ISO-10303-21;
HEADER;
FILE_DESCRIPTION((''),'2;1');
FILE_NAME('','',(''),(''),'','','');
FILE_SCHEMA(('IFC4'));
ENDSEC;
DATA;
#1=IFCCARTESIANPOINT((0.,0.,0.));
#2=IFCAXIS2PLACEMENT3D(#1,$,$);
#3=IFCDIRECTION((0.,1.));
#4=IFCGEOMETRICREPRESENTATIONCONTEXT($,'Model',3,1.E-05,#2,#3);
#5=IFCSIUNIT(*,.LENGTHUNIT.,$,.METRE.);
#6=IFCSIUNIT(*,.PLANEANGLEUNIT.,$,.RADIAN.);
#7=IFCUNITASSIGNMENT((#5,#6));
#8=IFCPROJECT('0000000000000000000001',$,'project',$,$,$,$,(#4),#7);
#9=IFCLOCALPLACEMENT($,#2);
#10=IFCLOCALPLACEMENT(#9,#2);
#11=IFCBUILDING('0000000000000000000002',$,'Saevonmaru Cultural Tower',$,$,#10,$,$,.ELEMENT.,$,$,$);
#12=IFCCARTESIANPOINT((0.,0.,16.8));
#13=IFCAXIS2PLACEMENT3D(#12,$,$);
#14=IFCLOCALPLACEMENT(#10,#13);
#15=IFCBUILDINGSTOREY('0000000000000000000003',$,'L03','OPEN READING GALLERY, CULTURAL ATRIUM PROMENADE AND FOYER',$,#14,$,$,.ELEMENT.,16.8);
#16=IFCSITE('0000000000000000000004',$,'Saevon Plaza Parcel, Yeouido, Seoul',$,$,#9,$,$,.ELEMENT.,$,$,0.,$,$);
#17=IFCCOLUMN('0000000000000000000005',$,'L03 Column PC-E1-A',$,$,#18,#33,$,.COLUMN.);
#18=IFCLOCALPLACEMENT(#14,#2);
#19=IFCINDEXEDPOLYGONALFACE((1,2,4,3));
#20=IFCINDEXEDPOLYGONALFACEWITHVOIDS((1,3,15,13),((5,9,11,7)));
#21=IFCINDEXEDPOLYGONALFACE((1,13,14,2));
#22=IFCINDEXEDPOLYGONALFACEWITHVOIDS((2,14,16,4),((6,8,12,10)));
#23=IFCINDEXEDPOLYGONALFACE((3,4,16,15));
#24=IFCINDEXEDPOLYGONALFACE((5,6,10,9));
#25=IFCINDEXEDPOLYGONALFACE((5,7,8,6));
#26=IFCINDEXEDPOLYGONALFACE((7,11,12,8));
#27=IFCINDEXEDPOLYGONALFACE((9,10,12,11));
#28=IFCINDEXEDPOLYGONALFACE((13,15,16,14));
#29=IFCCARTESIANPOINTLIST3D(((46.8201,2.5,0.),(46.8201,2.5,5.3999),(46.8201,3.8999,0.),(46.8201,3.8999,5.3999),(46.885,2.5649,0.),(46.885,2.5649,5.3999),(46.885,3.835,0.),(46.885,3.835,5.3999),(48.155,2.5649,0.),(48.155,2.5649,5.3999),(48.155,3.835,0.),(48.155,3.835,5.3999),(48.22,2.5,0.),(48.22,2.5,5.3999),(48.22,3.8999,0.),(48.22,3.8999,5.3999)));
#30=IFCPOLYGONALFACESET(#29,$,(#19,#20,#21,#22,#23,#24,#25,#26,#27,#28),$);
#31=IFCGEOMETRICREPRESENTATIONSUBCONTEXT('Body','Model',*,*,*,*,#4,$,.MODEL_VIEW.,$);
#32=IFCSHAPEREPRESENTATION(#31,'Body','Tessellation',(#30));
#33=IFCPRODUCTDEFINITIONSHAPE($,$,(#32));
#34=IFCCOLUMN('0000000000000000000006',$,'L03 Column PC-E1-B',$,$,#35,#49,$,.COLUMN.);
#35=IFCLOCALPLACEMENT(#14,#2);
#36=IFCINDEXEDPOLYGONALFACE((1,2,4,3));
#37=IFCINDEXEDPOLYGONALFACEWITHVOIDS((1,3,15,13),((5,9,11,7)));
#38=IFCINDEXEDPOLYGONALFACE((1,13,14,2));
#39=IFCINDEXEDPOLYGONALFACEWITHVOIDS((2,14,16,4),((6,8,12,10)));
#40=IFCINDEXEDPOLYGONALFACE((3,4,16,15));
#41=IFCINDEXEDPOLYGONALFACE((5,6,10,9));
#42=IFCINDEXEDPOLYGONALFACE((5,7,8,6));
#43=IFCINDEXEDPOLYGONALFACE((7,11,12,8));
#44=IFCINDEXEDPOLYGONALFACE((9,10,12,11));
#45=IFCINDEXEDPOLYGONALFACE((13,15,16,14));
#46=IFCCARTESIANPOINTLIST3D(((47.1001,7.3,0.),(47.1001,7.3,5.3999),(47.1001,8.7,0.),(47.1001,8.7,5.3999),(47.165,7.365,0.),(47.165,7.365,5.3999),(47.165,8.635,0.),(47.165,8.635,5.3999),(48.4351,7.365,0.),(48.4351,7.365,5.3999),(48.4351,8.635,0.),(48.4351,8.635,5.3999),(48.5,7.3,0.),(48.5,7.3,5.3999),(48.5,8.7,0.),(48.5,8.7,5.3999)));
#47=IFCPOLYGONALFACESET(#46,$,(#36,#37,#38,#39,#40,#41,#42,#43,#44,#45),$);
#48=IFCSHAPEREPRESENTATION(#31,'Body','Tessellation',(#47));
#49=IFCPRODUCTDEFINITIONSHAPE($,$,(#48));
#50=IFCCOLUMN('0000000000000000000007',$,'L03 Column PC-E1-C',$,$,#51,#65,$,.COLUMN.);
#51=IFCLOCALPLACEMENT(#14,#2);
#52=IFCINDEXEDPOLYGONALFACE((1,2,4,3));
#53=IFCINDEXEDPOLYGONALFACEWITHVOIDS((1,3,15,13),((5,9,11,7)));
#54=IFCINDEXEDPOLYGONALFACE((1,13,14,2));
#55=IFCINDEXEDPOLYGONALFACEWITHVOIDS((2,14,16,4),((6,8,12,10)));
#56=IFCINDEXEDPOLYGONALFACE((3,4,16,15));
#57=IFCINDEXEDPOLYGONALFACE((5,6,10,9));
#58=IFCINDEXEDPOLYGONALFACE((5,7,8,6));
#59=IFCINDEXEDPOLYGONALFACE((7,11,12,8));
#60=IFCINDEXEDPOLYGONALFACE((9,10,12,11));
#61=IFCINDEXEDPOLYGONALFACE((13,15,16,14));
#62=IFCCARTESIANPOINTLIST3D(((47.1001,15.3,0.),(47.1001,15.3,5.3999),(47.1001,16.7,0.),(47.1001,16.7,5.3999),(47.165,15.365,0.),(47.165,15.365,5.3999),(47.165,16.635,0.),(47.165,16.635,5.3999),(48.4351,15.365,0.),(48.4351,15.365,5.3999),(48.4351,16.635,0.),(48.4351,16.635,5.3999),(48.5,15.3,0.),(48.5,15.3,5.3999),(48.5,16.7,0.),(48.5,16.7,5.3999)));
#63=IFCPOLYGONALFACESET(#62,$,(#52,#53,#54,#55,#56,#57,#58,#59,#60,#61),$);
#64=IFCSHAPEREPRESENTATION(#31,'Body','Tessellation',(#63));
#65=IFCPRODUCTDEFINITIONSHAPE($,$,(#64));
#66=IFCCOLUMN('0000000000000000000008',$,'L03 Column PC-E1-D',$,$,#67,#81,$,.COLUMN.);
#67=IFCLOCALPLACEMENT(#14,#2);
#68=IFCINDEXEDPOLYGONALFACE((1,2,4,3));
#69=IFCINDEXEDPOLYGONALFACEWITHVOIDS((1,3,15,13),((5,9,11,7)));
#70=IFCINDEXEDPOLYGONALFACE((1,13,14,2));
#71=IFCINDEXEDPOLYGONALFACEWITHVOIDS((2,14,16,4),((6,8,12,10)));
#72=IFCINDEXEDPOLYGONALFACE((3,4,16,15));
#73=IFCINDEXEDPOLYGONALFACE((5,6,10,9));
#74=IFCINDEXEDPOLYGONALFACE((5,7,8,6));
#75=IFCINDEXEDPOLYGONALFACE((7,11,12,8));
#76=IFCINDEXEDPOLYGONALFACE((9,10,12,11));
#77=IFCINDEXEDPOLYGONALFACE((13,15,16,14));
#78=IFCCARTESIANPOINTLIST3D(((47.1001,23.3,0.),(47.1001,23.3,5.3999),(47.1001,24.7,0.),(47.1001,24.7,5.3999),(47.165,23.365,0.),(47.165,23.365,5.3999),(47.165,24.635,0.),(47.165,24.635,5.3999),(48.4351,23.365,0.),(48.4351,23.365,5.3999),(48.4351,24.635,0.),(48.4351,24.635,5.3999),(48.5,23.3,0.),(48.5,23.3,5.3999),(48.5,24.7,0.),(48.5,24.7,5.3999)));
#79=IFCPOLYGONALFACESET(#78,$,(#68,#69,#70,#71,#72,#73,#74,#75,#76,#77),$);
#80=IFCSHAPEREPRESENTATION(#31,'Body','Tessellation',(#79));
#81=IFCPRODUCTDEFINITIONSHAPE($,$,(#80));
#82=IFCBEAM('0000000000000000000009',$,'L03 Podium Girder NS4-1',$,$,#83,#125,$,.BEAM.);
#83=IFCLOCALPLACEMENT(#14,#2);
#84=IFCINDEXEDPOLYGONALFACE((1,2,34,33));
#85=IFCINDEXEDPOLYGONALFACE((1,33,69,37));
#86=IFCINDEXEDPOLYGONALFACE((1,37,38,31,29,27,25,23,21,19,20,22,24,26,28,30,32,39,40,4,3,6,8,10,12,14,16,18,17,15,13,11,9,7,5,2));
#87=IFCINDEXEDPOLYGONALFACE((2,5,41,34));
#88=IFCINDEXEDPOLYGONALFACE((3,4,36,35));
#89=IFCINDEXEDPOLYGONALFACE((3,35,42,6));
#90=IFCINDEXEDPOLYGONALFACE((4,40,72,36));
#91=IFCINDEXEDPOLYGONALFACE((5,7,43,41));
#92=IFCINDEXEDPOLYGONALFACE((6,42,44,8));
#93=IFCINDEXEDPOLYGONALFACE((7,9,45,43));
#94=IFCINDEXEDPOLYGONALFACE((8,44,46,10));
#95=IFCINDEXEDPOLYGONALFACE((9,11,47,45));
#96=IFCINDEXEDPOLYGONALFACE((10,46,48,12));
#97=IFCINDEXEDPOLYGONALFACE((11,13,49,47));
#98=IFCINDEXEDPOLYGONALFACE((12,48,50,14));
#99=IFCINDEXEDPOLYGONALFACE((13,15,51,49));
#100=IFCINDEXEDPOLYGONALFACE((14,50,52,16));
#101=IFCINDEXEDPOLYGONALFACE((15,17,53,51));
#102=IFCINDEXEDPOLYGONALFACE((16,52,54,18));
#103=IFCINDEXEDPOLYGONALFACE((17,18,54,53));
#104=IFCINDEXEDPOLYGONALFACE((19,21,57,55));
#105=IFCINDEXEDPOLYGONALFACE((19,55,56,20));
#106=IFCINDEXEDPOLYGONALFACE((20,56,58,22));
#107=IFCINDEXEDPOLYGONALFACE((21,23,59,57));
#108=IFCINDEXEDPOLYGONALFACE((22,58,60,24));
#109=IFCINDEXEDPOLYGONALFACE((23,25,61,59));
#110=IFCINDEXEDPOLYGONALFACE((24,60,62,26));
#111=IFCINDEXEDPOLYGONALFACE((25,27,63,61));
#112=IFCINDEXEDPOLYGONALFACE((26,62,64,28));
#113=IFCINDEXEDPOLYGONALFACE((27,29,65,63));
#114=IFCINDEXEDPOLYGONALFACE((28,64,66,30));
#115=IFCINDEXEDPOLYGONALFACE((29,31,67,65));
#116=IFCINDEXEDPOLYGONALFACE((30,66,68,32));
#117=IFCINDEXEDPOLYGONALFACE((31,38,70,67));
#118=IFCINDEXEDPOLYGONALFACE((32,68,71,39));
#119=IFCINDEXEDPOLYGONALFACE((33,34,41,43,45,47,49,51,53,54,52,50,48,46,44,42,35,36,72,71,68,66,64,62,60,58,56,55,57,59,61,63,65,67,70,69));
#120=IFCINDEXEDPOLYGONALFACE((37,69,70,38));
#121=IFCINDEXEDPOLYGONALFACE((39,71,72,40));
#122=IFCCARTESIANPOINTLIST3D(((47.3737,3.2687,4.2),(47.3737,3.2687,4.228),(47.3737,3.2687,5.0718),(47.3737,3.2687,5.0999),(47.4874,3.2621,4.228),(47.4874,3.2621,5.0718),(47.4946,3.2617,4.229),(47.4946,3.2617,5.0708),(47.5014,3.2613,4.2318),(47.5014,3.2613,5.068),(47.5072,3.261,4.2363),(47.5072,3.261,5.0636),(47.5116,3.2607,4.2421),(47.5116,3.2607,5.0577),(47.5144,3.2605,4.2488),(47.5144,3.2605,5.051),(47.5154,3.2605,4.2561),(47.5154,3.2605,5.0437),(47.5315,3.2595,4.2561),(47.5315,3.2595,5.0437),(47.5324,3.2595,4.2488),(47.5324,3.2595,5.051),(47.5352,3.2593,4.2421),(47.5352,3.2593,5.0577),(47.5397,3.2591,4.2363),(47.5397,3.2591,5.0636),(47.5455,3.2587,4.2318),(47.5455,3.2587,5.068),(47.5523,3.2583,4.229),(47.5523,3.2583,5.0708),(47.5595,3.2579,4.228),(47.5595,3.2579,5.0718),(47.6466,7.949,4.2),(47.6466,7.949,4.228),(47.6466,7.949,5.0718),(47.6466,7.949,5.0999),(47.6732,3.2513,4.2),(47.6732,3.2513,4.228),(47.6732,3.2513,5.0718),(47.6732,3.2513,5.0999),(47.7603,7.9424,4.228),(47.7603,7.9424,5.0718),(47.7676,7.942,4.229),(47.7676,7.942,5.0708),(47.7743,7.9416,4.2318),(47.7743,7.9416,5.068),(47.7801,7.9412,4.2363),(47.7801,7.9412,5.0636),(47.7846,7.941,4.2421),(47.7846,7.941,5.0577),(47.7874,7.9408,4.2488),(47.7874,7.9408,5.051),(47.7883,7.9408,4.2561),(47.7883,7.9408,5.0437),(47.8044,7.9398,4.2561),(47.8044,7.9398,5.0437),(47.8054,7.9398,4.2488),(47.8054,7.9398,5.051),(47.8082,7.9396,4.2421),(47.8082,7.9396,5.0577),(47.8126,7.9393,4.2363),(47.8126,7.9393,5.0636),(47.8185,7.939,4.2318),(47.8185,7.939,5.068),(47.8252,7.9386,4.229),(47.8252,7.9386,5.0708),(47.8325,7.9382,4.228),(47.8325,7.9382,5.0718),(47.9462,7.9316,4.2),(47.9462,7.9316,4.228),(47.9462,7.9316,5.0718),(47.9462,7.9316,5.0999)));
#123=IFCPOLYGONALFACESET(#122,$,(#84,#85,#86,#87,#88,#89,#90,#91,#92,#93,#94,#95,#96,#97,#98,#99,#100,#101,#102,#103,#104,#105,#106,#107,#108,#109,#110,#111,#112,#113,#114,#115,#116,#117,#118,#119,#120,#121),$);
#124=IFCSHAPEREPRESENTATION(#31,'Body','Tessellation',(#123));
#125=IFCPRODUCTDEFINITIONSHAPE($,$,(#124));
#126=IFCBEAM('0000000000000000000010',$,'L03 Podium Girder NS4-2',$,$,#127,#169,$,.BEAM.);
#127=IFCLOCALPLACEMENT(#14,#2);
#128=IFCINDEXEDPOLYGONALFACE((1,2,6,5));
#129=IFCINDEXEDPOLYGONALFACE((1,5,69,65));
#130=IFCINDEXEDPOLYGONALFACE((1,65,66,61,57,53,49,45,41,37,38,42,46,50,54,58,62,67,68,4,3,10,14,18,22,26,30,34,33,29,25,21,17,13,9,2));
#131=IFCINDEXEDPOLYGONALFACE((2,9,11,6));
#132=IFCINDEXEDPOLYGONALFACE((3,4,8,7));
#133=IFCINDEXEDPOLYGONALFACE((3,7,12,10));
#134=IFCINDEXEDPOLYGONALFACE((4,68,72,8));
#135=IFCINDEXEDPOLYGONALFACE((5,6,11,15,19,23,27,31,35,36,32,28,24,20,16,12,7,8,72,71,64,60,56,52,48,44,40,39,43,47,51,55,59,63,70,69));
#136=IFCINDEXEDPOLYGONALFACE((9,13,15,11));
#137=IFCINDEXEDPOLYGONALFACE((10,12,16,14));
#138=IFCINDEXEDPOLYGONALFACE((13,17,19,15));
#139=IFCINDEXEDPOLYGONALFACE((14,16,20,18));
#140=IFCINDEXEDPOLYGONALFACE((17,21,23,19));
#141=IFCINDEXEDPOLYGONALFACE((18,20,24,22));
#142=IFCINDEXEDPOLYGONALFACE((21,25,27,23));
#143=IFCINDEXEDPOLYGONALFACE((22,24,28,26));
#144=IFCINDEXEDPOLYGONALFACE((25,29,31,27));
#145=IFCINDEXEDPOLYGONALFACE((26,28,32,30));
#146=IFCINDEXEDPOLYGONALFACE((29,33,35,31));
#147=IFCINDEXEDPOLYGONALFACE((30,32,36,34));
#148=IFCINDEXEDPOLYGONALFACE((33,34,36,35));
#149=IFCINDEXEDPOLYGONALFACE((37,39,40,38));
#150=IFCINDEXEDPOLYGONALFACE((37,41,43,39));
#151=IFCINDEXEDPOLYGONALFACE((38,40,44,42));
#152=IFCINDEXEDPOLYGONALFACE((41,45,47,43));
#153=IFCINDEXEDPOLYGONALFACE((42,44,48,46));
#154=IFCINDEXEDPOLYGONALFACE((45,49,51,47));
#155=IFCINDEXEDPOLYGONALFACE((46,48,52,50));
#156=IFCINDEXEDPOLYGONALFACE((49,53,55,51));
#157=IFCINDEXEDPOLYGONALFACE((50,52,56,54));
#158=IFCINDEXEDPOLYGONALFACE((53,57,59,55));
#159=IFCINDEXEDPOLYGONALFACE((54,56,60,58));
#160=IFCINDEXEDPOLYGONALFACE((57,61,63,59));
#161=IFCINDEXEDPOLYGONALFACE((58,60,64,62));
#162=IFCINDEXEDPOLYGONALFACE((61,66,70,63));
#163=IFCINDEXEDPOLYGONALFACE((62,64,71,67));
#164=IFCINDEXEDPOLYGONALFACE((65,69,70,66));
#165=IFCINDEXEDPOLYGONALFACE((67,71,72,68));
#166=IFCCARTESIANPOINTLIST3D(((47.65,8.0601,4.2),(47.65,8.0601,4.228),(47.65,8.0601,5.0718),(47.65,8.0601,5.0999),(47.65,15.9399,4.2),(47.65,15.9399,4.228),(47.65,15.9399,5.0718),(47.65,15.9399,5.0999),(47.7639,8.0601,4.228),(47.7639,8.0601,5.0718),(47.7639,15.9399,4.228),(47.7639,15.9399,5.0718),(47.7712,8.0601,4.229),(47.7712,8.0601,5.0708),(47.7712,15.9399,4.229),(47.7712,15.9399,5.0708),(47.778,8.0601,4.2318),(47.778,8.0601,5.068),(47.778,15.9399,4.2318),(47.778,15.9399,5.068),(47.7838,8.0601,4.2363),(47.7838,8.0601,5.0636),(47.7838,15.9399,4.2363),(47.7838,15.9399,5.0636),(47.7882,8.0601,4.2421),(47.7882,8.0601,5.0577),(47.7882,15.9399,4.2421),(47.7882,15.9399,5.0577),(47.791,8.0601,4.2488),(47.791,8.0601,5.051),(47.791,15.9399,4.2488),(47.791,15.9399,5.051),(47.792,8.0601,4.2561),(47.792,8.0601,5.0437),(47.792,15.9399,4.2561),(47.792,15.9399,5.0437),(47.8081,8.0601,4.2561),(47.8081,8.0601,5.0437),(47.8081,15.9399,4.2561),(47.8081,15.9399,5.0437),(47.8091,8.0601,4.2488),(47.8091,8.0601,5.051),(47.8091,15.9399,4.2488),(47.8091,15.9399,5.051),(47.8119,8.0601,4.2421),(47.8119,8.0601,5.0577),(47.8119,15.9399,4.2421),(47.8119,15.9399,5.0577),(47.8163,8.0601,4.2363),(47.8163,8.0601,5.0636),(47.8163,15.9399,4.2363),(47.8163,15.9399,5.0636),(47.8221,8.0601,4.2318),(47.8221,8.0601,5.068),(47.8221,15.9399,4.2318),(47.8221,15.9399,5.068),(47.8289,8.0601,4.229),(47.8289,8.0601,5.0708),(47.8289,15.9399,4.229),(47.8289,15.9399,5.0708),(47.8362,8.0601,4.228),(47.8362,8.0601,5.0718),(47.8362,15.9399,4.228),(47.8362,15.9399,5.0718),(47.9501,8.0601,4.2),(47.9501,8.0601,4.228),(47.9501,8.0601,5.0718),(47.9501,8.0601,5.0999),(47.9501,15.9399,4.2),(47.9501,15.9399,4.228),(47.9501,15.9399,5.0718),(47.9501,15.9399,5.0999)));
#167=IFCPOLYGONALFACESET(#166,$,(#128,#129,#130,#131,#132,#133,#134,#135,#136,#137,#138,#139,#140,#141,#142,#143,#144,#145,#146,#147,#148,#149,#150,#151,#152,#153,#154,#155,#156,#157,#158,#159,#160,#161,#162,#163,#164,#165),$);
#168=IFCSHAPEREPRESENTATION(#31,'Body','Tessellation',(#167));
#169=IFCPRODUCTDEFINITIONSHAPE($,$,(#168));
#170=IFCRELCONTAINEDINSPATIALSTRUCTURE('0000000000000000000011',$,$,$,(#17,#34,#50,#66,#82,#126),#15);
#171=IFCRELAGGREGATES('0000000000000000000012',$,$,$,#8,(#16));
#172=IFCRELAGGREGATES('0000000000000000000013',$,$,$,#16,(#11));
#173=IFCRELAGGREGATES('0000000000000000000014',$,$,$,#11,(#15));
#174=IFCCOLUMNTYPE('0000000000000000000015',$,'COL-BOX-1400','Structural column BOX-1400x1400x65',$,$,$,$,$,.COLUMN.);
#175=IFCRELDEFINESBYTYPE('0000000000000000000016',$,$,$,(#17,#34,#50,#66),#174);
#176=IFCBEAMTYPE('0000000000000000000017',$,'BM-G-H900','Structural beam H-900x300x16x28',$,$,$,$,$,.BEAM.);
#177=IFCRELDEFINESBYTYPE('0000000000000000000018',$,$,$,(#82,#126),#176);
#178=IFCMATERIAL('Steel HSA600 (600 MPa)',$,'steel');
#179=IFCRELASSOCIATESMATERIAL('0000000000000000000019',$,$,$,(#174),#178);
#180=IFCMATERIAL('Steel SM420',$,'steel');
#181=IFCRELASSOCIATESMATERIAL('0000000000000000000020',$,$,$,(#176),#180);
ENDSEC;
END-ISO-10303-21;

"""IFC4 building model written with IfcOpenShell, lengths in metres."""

from ifc_helpers import new_model, si_unit, direction, frame, origin, origin_2d, place, context, subcontext, project, spatial, hollow_rectangle, i_section, extrude, material, material_profile, profile_set, type_object, element, save


model = new_model("IFC4")

# Units and contexts
model_context = context("Model", 3, precision=1e-05, world=origin(), true_north=direction((0.0, 1.0)))
body_context = subcontext(model_context, "Body", "Model", "MODEL_VIEW")
ifc_project = project(units=[si_unit("LENGTHUNIT", "METRE"), si_unit("PLANEANGLEUNIT", "RADIAN")], contexts=[model_context])

# Site, building, storey
site_placement = place(None, origin())
site = spatial("IfcSite", under=ifc_project, at=site_placement, Name="Saevon Plaza Parcel, Yeouido, Seoul", CompositionType="ELEMENT", RefElevation=0.0)
building_placement = place(site_placement, origin())
building = spatial("IfcBuilding", under=site, at=building_placement, Name="Saevonmaru Cultural Tower", CompositionType="ELEMENT")
storey_placement = place(building_placement, frame((0.0, 0.0, 16.8)))
storey = spatial("IfcBuildingStorey", under=building, at=storey_placement, Name="L03", Description="OPEN READING GALLERY, CULTURAL ATRIUM PROMENADE AND FOYER", CompositionType="ELEMENT", Elevation=16.8)

# Columns
ifc_material_1 = material(Name="Steel HSA600 (600 MPa)", Category="steel")
ifc_material_profile_1 = material_profile(ifc_material_1, hollow_rectangle(XDim=1.3999, YDim=1.3999, WallThickness=0.0649, at=origin_2d()), Name="BOX-1400x1400x65")
ifc_profile_set_1 = profile_set([ifc_material_profile_1], Name="Steel HSA600 (600 MPa)")
column_type = type_object("IfcColumnType", Name="COL-BOX-1400", Description="Structural column BOX-1400x1400x65", PredefinedType="COLUMN", material=ifc_profile_set_1)
for number, where, z_axis, x_axis, name in (
    (1, (47.52, 3.2, 0.0), (0.0, 0.0, 1.0), (1.0, 0.0, 0.0), "L03 Column PC-E1-A"),
    (2, (47.8, 8.0, 0.0), (0.0, 0.0, 1.0), (1.0, 0.0, 0.0), "L03 Column PC-E1-B"),
    (3, (47.8, 16.0, 0.0), (0.0, 0.0, 1.0), (1.0, 0.0, 0.0), "L03 Column PC-E1-C"),
    (4, (47.8, 24.0, 0.0), (0.0, 0.0, 1.0), (1.0, 0.0, 0.0), "L03 Column PC-E1-D"),
):
    element("IfcColumn", number, at=place(storey_placement, frame(where, z_axis=z_axis, x_axis=x_axis)), inside=storey, type_object=column_type, Name=name, PredefinedType="COLUMN", context=body_context, shape_type="SweptSolid", body=[
        extrude(hollow_rectangle(XDim=1.3999, YDim=1.3999, WallThickness=0.0649, at=origin_2d()), origin(), (0.0, 0.0, 1.0), 5.3999),
    ])

# Beams
ifc_material_2 = material(Name="Steel SM420", Category="steel")
ifc_material_profile_2 = material_profile(ifc_material_2, i_section(OverallWidth=0.3, OverallDepth=0.8999, WebThickness=0.0161, FlangeThickness=0.0281, FilletRadius=0.0281, at=origin_2d()), Name="H-900x300x16x28")
ifc_profile_set_2 = profile_set([ifc_material_profile_2], Name="Steel SM420")
beam_type_1 = type_object("IfcBeamType", Name="BM-G-H900", Description="Structural beam H-900x300x16x28", PredefinedType="BEAM", material=ifc_profile_set_2)
beam_1_placement = place(storey_placement, frame((47.5234, 3.26, 4.6499), z_axis=(0.058221, 0.998304, 0.0), x_axis=(-0.998304, 0.058221, 0.0)))
element("IfcBeam", 5, at=beam_1_placement, inside=storey, type_object=beam_type_1, Name="L03 Podium Girder NS4-1", PredefinedType="BEAM", context=body_context, shape_type="SweptSolid", body=[
    extrude(i_section(OverallWidth=0.3, OverallDepth=0.8999, WebThickness=0.0161, FlangeThickness=0.0281, FilletRadius=0.0281, at=origin_2d()), origin(), (0.0, 0.0, 1.0), 4.6882),
])
for number, where, z_axis, x_axis, name in (
    (6, (47.8, 8.0601, 4.6499), (0.0, 1.0, 0.0), (-1.0, 0.0, 0.0), "L03 Podium Girder NS4-2"),
):
    element("IfcBeam", number, at=place(storey_placement, frame(where, z_axis=z_axis, x_axis=x_axis)), inside=storey, type_object=beam_type_1, Name=name, PredefinedType="BEAM", context=body_context, shape_type="SweptSolid", body=[
        extrude(i_section(OverallWidth=0.3, OverallDepth=0.8999, WebThickness=0.0161, FlangeThickness=0.0281, FilletRadius=0.0281, at=origin_2d()), origin(), (0.0, 0.0, 1.0), 7.8799),
    ])

save(model, "model.ifc")
